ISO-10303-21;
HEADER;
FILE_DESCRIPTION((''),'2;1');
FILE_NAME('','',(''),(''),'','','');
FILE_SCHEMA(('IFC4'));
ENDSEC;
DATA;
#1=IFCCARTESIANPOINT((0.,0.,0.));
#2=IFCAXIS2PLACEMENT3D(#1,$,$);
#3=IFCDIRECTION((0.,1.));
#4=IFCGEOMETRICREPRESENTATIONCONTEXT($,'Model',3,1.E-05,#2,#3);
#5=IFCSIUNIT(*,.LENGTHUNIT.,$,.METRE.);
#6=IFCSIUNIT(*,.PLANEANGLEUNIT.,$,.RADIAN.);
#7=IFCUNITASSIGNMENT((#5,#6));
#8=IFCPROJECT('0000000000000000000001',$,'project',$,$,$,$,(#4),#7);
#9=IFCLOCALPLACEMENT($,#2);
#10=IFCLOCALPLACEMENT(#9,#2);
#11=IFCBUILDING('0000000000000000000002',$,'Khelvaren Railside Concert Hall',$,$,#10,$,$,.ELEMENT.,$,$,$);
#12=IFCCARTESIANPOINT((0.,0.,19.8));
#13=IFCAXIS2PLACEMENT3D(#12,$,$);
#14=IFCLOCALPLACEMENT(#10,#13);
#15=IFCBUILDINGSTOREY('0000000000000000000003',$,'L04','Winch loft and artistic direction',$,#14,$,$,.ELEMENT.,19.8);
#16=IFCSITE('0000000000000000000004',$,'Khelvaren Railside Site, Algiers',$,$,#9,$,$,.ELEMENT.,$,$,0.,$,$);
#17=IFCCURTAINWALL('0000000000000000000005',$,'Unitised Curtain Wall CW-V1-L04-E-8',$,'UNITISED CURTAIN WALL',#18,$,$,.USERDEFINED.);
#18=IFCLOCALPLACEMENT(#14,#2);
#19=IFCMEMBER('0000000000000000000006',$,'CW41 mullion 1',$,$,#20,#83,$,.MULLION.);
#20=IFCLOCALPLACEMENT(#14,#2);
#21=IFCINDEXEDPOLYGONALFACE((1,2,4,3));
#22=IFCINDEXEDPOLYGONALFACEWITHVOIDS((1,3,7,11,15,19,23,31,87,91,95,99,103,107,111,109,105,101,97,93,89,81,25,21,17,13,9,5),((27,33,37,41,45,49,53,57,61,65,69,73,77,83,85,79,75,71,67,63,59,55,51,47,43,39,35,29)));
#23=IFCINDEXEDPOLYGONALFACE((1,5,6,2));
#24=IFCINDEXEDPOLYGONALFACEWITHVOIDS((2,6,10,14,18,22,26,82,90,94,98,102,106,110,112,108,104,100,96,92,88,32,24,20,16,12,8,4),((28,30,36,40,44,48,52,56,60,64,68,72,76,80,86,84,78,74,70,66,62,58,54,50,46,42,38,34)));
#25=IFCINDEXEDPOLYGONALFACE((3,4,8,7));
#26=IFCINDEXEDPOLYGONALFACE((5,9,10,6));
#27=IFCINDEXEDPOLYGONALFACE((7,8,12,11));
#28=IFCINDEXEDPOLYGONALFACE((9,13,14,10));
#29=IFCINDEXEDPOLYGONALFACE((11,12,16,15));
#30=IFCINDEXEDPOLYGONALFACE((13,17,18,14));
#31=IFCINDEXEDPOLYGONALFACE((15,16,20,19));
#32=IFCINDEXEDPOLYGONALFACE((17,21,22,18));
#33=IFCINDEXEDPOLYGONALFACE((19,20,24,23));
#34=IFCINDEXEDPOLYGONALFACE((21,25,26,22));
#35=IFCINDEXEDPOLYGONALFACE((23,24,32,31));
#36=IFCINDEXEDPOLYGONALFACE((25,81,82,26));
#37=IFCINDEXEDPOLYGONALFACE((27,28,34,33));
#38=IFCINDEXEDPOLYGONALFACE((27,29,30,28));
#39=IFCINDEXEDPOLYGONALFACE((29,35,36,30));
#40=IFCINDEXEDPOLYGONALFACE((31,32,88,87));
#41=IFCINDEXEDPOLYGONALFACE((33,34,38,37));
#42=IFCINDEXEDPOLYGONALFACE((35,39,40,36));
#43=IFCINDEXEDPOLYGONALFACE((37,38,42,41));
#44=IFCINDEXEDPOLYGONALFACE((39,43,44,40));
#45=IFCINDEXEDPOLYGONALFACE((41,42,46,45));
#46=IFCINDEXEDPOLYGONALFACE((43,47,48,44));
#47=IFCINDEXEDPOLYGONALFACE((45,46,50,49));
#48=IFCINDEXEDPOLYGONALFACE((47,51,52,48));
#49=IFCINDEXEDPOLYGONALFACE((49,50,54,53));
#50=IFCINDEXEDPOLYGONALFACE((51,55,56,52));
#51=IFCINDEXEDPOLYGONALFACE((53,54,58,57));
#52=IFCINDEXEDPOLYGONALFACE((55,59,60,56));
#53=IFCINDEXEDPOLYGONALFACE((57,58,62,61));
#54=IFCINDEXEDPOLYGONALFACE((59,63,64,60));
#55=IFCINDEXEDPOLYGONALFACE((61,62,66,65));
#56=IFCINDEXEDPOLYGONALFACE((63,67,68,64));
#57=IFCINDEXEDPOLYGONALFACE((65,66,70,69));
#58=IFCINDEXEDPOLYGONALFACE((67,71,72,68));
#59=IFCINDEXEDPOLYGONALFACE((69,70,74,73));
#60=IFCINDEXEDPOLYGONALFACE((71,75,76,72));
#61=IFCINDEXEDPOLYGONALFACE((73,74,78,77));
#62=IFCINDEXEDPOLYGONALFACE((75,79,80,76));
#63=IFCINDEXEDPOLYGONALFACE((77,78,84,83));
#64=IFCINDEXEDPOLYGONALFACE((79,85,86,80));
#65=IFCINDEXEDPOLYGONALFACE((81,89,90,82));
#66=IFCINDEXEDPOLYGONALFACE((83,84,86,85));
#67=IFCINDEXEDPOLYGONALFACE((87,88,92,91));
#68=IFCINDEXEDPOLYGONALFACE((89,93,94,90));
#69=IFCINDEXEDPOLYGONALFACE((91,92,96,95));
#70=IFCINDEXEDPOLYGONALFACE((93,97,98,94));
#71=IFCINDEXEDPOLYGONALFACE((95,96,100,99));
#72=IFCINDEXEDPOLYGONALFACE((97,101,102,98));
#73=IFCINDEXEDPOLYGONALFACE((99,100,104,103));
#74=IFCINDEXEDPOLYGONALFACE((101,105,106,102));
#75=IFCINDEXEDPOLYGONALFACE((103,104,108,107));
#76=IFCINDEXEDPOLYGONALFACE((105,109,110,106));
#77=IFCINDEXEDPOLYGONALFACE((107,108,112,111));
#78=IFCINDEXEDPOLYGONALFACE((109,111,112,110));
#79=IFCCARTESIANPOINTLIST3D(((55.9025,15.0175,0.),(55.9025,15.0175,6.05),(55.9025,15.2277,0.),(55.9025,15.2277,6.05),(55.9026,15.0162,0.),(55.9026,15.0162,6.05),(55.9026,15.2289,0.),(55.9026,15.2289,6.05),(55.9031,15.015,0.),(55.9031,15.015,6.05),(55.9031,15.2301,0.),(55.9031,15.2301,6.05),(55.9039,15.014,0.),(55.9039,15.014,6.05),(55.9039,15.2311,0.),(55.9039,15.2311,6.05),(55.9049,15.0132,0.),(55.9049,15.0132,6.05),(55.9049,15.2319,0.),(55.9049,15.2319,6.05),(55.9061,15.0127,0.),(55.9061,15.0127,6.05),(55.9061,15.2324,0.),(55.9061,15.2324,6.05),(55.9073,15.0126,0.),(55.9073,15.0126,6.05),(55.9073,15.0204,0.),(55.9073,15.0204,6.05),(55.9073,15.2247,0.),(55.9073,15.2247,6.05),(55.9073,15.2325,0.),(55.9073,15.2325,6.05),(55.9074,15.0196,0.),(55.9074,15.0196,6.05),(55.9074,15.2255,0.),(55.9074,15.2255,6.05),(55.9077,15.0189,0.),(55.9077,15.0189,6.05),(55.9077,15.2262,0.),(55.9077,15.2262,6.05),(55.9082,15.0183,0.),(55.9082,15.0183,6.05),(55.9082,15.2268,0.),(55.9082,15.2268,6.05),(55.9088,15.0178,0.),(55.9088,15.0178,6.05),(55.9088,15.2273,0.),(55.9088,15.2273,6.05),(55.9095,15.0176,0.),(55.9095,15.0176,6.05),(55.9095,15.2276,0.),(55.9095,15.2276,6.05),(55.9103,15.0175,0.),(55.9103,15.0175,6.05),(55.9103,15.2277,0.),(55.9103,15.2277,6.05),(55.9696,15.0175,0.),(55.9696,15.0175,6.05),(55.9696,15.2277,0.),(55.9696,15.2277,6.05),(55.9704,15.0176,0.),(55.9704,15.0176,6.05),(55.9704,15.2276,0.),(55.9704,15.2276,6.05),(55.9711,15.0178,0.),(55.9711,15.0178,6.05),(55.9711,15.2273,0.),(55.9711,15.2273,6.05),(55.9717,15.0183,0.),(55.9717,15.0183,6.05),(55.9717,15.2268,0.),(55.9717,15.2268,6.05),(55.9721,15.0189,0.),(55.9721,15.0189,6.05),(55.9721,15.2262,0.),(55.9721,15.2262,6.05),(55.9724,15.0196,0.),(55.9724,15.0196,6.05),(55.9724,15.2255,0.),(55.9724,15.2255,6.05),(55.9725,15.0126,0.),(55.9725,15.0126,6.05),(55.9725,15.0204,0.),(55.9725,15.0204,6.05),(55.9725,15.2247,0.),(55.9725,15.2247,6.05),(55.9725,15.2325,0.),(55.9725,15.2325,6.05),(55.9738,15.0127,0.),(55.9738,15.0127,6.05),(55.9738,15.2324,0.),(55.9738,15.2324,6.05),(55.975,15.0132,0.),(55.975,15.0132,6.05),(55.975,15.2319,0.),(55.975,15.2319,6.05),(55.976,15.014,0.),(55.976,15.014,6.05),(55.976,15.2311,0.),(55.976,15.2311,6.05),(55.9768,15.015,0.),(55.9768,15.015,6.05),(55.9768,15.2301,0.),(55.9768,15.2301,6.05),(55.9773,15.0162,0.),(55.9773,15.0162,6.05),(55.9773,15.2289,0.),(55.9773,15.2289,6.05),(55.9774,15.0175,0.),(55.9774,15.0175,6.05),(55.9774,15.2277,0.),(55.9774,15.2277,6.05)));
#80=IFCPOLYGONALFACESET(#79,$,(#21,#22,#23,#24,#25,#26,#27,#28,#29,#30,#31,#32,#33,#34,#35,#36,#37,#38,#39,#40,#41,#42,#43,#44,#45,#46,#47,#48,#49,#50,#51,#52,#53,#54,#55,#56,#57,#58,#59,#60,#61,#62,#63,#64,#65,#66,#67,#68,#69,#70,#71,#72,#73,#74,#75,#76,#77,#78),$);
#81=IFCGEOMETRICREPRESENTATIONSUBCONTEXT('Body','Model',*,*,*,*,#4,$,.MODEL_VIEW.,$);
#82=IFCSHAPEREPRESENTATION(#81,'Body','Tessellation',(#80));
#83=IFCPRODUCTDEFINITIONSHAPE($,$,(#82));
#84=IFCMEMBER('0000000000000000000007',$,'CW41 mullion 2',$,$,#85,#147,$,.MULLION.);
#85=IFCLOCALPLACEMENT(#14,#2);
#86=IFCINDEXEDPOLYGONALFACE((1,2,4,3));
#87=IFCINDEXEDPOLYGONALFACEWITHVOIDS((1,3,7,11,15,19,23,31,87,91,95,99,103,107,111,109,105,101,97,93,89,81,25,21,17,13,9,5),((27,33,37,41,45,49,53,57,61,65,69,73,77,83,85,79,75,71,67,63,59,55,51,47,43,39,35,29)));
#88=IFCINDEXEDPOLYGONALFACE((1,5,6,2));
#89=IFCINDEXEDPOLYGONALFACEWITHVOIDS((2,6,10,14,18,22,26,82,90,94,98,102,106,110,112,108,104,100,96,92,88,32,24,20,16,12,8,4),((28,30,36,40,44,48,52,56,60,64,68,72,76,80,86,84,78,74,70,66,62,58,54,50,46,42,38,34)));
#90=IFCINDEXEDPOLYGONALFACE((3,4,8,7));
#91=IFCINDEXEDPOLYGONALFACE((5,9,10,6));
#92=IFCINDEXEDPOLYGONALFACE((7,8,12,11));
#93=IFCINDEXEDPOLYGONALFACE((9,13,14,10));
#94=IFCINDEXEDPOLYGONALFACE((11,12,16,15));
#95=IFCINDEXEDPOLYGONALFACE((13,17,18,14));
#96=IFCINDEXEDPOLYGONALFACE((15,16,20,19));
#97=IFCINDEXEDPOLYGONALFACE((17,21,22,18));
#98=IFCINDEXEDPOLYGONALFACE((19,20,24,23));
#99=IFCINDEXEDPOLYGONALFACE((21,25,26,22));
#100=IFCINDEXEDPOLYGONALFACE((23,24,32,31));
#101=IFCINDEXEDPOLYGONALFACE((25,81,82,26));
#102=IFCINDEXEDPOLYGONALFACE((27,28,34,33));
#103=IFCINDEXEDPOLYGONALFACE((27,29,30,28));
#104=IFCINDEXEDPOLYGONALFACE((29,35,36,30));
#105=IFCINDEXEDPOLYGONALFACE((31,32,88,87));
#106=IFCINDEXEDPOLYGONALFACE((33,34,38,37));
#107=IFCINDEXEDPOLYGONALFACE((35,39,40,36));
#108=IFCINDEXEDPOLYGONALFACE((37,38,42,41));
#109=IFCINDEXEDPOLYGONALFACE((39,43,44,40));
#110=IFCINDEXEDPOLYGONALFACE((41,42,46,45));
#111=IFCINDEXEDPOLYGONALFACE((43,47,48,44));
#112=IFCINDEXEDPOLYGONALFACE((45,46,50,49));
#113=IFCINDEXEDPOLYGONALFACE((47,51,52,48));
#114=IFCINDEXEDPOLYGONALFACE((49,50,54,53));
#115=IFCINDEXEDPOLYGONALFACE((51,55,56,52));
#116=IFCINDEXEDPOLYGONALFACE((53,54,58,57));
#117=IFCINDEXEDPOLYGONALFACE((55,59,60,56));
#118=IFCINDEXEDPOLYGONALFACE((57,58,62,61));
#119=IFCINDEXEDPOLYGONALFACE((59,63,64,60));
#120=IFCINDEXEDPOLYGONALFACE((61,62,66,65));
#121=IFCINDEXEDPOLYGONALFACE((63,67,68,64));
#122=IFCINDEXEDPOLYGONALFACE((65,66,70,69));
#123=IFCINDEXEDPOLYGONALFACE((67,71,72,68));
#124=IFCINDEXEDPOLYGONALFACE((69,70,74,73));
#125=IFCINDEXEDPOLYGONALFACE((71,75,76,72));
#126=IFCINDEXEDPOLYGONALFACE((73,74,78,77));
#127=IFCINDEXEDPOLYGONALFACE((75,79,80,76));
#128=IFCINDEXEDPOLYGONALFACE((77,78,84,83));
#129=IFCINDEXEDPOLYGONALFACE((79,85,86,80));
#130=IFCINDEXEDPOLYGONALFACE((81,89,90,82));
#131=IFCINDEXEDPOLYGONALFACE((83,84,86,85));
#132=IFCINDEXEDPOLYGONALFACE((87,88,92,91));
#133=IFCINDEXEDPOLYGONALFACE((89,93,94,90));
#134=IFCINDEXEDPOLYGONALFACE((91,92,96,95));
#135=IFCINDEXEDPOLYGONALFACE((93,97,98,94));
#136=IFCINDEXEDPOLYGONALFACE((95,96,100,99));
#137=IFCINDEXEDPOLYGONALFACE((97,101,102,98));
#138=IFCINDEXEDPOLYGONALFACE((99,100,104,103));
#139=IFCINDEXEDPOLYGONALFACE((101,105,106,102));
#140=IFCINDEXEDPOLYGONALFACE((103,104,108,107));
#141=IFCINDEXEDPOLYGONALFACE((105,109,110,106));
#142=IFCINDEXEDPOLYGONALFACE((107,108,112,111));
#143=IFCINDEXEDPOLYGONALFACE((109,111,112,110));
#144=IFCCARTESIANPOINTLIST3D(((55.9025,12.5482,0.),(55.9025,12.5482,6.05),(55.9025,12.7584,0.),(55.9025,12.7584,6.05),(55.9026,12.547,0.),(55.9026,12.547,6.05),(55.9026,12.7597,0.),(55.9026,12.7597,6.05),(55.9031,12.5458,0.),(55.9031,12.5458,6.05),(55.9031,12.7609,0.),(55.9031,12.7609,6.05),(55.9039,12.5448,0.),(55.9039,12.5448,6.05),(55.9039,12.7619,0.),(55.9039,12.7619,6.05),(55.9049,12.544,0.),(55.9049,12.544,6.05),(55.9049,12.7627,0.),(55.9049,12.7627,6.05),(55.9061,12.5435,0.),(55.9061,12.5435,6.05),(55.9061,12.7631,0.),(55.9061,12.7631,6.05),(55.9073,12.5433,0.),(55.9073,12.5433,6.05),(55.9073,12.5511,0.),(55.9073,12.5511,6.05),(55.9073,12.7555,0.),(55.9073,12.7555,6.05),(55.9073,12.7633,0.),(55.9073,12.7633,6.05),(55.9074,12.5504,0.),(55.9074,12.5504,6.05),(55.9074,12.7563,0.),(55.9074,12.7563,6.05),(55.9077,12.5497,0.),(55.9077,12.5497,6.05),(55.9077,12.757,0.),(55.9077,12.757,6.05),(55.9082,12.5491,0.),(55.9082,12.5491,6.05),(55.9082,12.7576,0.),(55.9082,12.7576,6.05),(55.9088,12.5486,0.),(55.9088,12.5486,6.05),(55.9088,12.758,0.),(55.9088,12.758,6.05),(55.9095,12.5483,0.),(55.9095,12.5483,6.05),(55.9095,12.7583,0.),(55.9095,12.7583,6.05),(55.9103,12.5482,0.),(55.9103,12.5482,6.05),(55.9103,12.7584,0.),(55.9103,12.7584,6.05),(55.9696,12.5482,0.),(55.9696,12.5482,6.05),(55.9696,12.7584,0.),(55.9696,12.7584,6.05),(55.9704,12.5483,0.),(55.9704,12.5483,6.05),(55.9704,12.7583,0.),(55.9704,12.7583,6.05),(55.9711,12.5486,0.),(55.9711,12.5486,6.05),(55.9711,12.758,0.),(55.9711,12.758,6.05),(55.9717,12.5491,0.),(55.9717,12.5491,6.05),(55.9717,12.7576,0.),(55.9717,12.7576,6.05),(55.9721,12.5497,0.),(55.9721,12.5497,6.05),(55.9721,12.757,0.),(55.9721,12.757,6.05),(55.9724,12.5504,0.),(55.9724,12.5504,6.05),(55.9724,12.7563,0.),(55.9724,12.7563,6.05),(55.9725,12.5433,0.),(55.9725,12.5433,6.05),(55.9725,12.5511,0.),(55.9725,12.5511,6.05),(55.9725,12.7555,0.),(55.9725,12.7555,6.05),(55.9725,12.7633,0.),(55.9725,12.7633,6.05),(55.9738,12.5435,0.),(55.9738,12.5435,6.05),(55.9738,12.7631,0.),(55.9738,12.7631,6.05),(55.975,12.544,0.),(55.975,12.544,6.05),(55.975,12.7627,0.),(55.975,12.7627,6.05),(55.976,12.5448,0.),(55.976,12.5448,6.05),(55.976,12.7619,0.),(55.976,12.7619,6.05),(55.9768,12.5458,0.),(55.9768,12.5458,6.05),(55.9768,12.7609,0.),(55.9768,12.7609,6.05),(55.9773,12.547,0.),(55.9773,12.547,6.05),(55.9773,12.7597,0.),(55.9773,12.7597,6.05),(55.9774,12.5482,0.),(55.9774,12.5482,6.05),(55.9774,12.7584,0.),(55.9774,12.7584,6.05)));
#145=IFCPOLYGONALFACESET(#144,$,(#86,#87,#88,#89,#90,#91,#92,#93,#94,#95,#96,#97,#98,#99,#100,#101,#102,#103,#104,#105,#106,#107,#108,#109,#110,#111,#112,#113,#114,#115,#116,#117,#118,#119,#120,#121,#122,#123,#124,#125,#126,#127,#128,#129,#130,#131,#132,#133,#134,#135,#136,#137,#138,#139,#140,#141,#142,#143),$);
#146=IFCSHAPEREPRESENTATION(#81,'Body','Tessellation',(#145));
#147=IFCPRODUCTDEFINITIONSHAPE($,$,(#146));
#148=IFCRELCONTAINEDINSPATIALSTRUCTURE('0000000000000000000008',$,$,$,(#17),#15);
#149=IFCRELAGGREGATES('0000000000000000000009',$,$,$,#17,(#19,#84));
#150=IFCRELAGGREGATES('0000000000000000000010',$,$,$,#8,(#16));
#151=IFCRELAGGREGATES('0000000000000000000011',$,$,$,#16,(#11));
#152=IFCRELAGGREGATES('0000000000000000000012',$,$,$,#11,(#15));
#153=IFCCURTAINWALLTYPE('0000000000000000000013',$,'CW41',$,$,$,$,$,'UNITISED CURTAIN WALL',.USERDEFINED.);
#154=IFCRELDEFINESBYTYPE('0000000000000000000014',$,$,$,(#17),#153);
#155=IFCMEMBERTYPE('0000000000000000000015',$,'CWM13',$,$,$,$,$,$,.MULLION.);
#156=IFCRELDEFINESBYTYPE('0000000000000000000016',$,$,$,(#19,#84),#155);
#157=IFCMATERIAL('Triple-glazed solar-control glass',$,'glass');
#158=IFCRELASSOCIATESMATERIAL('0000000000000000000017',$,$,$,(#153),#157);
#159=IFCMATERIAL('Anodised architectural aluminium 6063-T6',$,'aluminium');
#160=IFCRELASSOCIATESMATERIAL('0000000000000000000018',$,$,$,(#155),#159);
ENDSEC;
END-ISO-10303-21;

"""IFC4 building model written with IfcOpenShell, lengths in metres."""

from ifc_helpers import new_model, si_unit, direction, frame, origin, origin_2d, place, context, subcontext, project, spatial, hollow_rectangle, extrude, material, material_profile, profile_set, type_object, element, aggregate, save


model = new_model("IFC4")

# Units and contexts
model_context = context("Model", 3, precision=1e-05, world=origin(), true_north=direction((0.0, 1.0)))
body_context = subcontext(model_context, "Body", "Model", "MODEL_VIEW")
ifc_project = project(units=[si_unit("LENGTHUNIT", "METRE"), si_unit("PLANEANGLEUNIT", "RADIAN")], contexts=[model_context])

# Site, building, storey
site_placement = place(None, origin())
site = spatial("IfcSite", under=ifc_project, at=site_placement, Name="Khelvaren Railside Site, Algiers", CompositionType="ELEMENT", RefElevation=0.0)
building_placement = place(site_placement, origin())
building = spatial("IfcBuilding", under=site, at=building_placement, Name="Khelvaren Railside Concert Hall", CompositionType="ELEMENT")
storey_placement = place(building_placement, frame((0.0, 0.0, 19.8)))
storey = spatial("IfcBuildingStorey", under=building, at=storey_placement, Name="L04", Description="Winch loft and artistic direction", CompositionType="ELEMENT", Elevation=19.8)

# Curtain wall, members
ifc_material_1 = material(Name="Triple-glazed solar-control glass", Category="glass")
curtain_wall_type_1 = type_object("IfcCurtainWallType", Name="CW41", ElementType="UNITISED CURTAIN WALL", PredefinedType="USERDEFINED", material=ifc_material_1)
curtain_wall_1_placement = place(storey_placement, origin())
curtain_wall_1 = element("IfcCurtainWall", 1, at=curtain_wall_1_placement, inside=storey, type_object=curtain_wall_type_1, Name="Unitised Curtain Wall CW-V1-L04-E-8", ObjectType="UNITISED CURTAIN WALL", PredefinedType="USERDEFINED")
ifc_material_2 = material(Name="Anodised architectural aluminium 6063-T6", Category="aluminium")
ifc_material_profile_1 = material_profile(ifc_material_2, hollow_rectangle(XDim=0.075, YDim=0.22, WallThickness=0.0049, InnerFilletRadius=0.0029, OuterFilletRadius=0.0049, at=origin_2d()), Name="CWM 75x220x5")
ifc_profile_set_1 = profile_set([ifc_material_profile_1], Name="Anodised architectural aluminium 6063-T6")
member_type_1 = type_object("IfcMemberType", Name="CWM13", PredefinedType="MULLION", material=ifc_profile_set_1)
member_1_placement = place(storey_placement, frame((55.9399, 15.1226, 0.0), z_axis=(0.0, 0.0, 1.0), x_axis=(1.0, 0.0, 0.0)))
member_1 = element("IfcMember", 2, at=member_1_placement, type_object=member_type_1, Name="CW41 mullion 1", PredefinedType="MULLION", context=body_context, shape_type="SweptSolid", body=[
    extrude(hollow_rectangle(XDim=0.075, YDim=0.22, WallThickness=0.0049, InnerFilletRadius=0.0029, OuterFilletRadius=0.0049, at=origin_2d()), origin(), (0.0, 0.0, 1.0), 6.05),
])
member_2_placement = place(storey_placement, frame((55.9399, 12.6533, 0.0), z_axis=(0.0, 0.0, 1.0), x_axis=(1.0, 0.0, 0.0)))
member_2 = element("IfcMember", 3, at=member_2_placement, type_object=member_type_1, Name="CW41 mullion 2", PredefinedType="MULLION", context=body_context, shape_type="SweptSolid", body=[
    extrude(hollow_rectangle(XDim=0.075, YDim=0.22, WallThickness=0.0049, InnerFilletRadius=0.0029, OuterFilletRadius=0.0049, at=origin_2d()), origin(), (0.0, 0.0, 1.0), 6.05),
])

aggregate(curtain_wall_1, [member_1, member_2])

save(model, "model.ifc")
